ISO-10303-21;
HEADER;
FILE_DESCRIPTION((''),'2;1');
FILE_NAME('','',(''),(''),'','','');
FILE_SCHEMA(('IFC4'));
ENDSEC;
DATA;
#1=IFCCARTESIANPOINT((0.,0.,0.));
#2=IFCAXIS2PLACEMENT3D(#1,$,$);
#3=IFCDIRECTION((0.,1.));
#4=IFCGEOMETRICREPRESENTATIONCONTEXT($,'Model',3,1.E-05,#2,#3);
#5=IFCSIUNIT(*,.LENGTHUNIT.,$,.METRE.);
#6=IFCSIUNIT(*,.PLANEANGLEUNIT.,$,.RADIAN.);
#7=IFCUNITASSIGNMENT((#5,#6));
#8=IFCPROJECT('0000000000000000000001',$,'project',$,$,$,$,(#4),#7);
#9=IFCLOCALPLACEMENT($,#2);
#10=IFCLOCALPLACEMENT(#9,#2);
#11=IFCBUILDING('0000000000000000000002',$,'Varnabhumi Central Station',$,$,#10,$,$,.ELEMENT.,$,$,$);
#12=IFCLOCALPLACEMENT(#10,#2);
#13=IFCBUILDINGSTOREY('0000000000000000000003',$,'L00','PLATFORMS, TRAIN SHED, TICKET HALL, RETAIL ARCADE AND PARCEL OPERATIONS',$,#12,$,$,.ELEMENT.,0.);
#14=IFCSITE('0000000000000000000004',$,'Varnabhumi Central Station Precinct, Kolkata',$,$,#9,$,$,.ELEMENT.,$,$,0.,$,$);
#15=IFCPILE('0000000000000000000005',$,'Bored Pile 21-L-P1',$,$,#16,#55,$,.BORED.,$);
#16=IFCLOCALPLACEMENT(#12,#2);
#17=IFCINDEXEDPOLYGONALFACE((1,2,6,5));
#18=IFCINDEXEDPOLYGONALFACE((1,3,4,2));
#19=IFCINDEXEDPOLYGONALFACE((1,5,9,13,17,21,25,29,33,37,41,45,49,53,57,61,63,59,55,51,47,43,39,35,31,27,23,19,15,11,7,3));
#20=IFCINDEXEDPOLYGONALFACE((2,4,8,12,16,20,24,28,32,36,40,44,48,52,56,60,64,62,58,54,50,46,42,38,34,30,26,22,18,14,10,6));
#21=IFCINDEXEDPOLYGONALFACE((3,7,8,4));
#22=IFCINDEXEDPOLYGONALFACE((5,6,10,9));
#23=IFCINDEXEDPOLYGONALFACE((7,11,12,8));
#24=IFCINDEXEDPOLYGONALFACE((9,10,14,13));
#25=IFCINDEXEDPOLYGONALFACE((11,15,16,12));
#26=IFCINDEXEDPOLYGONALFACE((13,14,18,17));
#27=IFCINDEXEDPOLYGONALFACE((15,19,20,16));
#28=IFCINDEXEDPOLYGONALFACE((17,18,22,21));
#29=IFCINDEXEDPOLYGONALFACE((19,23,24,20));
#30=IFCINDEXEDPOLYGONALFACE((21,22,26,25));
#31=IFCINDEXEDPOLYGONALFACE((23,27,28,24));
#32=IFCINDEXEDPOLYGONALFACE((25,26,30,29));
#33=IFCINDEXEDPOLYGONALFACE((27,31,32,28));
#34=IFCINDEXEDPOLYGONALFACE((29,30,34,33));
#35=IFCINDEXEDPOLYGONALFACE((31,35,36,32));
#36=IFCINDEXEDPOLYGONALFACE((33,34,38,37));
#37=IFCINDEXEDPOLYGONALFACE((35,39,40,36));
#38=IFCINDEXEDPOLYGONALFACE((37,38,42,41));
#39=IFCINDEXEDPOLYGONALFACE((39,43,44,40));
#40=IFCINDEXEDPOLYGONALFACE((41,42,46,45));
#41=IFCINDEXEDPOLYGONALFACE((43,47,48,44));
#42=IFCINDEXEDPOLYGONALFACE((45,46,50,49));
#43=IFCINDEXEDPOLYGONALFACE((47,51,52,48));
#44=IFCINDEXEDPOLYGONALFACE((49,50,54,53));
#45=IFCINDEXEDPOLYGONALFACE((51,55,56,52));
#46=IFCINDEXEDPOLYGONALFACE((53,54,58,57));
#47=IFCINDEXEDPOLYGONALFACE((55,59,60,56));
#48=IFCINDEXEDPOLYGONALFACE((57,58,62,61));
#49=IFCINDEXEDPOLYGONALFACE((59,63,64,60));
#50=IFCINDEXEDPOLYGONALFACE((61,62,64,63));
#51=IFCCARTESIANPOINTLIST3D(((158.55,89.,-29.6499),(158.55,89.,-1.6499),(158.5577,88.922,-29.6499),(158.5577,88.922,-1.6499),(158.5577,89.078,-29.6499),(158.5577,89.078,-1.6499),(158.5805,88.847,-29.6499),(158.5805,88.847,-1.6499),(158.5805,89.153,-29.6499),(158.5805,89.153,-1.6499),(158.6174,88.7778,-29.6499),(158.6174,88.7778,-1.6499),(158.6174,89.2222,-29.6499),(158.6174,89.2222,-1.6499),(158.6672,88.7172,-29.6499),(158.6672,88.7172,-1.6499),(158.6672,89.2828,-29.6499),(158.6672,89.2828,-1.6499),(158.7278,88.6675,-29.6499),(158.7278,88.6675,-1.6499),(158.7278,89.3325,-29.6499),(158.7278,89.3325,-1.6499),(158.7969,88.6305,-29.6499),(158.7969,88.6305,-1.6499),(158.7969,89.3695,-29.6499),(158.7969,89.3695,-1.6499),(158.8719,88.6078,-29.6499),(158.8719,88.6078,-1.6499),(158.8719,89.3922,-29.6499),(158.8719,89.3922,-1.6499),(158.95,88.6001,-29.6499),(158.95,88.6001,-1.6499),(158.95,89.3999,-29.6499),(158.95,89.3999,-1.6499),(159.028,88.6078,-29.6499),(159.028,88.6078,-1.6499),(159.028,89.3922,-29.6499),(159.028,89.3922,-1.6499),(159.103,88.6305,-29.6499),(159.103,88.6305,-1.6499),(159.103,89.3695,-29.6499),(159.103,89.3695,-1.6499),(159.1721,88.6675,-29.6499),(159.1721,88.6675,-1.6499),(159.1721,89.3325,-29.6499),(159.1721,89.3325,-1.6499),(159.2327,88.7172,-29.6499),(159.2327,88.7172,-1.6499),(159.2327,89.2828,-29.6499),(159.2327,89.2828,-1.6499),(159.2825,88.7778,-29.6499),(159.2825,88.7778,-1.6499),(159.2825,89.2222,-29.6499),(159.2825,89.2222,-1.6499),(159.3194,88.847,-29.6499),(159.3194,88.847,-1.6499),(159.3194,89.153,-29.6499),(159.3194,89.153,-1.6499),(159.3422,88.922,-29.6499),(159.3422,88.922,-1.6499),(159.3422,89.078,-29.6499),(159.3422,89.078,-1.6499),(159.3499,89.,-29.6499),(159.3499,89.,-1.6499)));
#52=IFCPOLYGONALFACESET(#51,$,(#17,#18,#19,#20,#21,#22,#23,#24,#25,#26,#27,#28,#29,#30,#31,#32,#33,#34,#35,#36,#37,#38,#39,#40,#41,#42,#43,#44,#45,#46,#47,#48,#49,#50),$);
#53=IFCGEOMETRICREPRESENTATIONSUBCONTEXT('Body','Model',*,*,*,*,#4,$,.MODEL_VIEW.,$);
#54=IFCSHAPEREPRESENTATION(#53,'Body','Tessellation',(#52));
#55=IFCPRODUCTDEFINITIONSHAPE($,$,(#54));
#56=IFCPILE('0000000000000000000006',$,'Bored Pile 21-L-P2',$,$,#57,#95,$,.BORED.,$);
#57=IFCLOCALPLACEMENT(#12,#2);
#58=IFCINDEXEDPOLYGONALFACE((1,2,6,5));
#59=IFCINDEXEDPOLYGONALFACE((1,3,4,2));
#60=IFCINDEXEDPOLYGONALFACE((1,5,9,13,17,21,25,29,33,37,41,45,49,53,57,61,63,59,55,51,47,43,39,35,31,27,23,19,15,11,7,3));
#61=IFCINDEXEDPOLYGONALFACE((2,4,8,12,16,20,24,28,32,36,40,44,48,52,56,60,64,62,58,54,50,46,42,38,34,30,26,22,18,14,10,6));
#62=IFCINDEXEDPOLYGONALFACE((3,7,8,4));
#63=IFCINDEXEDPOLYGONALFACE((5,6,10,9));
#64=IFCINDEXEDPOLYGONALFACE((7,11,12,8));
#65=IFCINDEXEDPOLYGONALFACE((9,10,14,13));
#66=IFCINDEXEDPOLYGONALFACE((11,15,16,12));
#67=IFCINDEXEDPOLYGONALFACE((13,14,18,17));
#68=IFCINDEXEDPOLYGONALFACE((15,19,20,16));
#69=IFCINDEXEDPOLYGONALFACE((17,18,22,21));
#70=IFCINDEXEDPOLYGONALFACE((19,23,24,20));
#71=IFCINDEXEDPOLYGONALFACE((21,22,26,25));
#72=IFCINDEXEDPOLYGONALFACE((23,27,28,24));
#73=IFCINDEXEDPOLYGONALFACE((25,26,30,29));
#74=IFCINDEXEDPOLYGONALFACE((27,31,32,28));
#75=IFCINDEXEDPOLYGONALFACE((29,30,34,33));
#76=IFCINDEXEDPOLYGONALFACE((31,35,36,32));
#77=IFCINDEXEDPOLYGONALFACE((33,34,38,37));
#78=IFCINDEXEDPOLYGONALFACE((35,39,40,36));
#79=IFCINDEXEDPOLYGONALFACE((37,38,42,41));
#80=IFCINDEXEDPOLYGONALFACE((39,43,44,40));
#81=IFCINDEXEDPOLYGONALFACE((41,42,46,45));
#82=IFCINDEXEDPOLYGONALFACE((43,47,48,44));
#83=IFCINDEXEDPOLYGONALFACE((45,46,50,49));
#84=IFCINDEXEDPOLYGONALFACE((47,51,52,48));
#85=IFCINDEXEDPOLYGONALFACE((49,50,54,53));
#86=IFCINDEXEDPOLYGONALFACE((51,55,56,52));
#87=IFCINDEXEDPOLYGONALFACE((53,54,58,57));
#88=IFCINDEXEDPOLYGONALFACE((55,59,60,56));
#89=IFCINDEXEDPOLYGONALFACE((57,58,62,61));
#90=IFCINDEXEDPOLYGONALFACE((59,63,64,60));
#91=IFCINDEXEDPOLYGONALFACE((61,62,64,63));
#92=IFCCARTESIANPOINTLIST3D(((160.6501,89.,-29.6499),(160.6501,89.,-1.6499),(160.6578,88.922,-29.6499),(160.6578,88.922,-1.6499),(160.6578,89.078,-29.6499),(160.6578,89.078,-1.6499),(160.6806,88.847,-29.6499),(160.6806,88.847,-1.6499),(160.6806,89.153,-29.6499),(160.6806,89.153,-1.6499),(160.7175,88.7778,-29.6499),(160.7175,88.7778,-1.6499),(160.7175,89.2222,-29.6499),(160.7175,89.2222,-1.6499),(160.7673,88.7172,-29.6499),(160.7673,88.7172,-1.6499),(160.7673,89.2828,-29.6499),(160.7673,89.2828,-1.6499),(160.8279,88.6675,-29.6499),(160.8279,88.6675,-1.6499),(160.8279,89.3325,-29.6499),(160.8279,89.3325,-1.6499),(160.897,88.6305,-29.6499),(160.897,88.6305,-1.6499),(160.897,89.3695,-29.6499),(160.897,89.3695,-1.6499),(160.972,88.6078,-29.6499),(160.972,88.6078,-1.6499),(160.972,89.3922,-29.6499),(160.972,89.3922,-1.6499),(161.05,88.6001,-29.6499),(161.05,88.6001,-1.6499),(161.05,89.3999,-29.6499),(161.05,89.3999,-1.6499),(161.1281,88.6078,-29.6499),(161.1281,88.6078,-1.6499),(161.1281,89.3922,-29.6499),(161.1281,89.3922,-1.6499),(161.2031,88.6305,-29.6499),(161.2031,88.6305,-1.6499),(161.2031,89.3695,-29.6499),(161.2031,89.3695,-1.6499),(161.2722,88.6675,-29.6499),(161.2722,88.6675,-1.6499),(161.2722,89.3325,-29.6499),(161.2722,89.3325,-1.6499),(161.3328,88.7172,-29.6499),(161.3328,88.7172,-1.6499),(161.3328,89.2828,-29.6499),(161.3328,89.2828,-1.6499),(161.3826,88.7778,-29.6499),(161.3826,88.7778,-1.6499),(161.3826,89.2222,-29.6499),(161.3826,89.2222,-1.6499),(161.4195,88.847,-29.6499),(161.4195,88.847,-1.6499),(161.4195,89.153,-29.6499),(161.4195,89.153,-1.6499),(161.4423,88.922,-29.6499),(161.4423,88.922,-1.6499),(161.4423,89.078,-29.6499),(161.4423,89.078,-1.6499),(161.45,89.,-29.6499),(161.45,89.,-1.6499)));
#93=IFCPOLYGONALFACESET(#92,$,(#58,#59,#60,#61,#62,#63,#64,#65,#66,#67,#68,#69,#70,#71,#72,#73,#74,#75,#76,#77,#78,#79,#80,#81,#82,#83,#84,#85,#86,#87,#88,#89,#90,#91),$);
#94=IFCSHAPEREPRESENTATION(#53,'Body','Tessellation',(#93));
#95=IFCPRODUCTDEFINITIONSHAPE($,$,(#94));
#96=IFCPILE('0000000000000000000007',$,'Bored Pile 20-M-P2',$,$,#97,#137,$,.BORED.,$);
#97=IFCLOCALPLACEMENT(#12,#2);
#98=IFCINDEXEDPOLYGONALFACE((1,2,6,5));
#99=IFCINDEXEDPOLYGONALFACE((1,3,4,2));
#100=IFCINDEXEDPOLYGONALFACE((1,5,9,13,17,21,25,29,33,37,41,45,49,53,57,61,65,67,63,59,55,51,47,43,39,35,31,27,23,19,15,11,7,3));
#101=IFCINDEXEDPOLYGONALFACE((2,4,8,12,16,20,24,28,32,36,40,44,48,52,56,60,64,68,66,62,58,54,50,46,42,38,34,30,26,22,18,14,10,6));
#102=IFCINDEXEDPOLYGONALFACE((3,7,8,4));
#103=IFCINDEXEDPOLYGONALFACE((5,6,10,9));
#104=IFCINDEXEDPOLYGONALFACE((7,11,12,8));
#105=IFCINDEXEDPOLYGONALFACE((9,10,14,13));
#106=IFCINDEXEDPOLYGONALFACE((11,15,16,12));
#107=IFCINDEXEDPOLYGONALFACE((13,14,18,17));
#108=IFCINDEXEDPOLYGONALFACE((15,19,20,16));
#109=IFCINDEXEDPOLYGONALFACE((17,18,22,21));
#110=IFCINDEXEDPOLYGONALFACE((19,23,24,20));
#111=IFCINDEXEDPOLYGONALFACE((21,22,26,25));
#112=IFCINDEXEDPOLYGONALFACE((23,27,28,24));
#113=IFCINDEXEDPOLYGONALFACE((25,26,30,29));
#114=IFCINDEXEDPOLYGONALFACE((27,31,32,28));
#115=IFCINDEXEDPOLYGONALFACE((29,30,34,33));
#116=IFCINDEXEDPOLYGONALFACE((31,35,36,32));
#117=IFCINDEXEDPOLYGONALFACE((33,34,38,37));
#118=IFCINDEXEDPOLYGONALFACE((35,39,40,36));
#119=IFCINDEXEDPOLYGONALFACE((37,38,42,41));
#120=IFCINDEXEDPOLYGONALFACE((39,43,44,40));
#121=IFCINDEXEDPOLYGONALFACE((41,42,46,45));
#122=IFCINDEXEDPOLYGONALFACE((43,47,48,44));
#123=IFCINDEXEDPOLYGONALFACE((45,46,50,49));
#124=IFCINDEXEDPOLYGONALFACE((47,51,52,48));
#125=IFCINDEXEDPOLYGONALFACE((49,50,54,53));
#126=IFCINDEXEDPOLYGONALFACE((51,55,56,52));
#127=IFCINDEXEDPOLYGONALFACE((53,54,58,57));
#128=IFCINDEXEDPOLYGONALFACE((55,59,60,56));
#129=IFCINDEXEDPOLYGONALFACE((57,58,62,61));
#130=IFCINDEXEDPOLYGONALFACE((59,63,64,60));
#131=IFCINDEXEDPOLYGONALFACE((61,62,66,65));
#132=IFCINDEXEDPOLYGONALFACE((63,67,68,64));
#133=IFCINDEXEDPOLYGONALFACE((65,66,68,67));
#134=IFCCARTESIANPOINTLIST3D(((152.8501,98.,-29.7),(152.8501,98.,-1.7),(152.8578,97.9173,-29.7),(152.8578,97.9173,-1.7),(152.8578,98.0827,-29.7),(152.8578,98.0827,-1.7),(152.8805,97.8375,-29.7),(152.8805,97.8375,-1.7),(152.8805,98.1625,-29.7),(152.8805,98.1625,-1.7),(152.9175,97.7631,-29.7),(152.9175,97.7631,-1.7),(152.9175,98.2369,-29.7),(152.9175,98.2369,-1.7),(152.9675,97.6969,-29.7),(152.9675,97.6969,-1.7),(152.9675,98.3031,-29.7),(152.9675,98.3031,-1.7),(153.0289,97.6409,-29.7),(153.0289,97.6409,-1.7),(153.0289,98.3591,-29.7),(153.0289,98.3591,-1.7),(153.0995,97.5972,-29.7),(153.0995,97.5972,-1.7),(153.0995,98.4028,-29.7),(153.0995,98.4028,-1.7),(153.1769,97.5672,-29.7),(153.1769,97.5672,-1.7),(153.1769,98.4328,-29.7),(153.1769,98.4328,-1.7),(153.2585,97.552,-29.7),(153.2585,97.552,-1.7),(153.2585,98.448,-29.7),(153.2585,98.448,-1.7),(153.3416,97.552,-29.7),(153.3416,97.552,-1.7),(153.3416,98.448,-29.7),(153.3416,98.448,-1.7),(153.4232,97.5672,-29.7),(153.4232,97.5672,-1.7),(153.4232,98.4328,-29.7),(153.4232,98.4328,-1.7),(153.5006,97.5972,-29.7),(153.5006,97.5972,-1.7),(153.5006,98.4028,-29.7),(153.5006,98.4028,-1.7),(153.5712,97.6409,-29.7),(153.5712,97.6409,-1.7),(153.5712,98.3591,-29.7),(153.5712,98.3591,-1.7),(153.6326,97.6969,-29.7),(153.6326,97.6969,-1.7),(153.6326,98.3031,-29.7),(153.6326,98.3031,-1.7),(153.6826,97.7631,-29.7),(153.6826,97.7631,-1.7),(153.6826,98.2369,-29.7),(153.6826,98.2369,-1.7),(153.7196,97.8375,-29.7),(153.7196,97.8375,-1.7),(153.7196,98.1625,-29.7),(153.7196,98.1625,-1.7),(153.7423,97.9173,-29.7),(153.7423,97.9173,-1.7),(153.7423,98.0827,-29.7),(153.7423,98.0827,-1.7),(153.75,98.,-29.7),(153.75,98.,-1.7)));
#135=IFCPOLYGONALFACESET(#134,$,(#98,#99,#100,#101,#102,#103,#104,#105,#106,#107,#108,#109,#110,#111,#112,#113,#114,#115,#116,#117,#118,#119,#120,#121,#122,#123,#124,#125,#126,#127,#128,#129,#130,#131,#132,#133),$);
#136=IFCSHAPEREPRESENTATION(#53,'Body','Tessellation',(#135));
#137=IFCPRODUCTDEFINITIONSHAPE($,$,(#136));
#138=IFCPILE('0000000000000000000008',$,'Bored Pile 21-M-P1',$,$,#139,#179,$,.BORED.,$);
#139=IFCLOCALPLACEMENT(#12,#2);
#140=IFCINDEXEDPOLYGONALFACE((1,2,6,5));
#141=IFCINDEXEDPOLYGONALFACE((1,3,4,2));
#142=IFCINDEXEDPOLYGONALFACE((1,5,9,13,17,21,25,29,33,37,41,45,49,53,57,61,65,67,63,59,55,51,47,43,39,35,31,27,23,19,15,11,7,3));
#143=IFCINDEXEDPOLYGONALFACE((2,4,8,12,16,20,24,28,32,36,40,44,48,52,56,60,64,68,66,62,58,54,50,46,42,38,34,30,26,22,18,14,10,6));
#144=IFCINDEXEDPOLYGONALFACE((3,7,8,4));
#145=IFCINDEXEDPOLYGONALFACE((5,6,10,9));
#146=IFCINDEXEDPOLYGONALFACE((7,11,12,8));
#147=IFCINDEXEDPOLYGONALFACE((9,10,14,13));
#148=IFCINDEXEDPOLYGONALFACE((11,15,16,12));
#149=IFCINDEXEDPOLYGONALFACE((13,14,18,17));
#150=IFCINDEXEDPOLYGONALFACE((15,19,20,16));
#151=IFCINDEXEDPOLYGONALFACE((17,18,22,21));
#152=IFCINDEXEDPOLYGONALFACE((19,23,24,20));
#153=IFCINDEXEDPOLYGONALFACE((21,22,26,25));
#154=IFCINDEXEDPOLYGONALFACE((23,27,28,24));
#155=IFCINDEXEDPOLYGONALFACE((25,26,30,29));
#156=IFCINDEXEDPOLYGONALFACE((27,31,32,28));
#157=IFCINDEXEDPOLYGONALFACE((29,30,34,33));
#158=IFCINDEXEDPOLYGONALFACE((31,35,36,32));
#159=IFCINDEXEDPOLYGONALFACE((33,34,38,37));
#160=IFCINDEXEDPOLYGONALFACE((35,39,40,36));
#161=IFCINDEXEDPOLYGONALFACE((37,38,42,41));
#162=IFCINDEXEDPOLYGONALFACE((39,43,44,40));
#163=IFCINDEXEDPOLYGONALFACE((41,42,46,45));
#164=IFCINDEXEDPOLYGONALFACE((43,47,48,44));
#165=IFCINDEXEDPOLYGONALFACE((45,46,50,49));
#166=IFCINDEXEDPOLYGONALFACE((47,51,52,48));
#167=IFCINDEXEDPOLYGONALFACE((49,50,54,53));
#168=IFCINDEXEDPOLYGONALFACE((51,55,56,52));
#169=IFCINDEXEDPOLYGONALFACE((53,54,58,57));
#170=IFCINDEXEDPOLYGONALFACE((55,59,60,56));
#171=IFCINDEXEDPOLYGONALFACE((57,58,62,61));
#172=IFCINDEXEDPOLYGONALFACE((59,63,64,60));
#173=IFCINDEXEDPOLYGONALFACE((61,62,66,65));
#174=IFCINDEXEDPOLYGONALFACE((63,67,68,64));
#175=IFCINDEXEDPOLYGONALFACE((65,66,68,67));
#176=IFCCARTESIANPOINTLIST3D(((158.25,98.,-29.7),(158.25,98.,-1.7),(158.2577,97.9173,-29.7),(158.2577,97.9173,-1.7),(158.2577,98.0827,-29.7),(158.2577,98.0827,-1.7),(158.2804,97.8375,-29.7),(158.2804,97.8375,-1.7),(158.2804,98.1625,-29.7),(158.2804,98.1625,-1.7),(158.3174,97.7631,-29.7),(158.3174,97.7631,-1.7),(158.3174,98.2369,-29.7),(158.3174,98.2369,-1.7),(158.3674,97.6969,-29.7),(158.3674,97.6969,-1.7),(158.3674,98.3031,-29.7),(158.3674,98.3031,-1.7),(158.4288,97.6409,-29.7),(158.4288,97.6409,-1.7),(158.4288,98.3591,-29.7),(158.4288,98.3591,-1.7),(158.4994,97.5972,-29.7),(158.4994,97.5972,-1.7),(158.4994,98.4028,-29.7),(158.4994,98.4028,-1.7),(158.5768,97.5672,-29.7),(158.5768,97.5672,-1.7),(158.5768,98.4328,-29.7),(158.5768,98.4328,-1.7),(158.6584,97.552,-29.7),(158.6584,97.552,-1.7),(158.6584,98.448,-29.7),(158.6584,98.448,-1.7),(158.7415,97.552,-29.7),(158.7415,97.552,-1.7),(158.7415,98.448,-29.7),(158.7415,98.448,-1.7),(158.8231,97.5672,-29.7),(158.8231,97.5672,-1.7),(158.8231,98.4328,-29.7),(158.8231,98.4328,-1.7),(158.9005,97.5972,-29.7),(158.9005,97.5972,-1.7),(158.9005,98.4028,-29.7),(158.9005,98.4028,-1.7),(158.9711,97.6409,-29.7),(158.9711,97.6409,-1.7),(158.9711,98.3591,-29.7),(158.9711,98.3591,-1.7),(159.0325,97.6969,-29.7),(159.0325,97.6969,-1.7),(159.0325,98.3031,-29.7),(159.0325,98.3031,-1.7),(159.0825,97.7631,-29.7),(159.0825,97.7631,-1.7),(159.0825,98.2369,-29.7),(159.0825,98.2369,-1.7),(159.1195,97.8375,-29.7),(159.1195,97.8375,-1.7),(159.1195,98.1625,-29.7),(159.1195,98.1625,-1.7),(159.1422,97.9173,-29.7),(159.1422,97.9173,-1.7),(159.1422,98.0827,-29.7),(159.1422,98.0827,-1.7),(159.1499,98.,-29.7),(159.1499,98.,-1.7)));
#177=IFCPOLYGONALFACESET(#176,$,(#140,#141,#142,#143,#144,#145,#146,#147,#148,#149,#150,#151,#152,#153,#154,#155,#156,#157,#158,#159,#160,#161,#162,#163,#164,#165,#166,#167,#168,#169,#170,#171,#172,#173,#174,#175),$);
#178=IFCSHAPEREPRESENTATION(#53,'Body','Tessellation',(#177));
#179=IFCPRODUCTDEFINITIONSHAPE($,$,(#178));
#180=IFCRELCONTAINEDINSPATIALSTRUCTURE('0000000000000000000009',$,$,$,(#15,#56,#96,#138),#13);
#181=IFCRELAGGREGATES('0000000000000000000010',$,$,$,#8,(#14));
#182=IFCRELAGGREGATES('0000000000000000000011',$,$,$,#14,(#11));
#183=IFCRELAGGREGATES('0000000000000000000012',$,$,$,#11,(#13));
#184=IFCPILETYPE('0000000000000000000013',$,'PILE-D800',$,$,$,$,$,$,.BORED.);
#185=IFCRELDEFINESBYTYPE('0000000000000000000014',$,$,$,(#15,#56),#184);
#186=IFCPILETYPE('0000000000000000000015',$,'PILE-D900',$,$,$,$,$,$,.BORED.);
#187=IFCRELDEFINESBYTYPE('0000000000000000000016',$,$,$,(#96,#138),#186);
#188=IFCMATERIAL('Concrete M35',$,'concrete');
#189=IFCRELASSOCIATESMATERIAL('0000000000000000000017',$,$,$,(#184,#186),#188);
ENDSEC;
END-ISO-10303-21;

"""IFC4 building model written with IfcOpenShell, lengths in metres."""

from ifc_helpers import new_model, si_unit, direction, frame, origin, origin_2d, place, context, subcontext, project, spatial, circle, extrude, material, material_profile, profile_set, type_object, element, save


model = new_model("IFC4")

# Units and contexts
model_context = context("Model", 3, precision=1e-05, world=origin(), true_north=direction((0.0, 1.0)))
body_context = subcontext(model_context, "Body", "Model", "MODEL_VIEW")
ifc_project = project(units=[si_unit("LENGTHUNIT", "METRE"), si_unit("PLANEANGLEUNIT", "RADIAN")], contexts=[model_context])

# Site, building, storey
site_placement = place(None, origin())
site = spatial("IfcSite", under=ifc_project, at=site_placement, Name="Varnabhumi Central Station Precinct, Kolkata", CompositionType="ELEMENT", RefElevation=0.0)
building_placement = place(site_placement, origin())
building = spatial("IfcBuilding", under=site, at=building_placement, Name="Varnabhumi Central Station", CompositionType="ELEMENT")
storey_placement = place(building_placement, origin())
storey = spatial("IfcBuildingStorey", under=building, at=storey_placement, Name="L00", Description="PLATFORMS, TRAIN SHED, TICKET HALL, RETAIL ARCADE AND PARCEL OPERATIONS", CompositionType="ELEMENT", Elevation=0.0)

# Piles
ifc_material_1 = material(Name="Concrete M35", Category="concrete")
ifc_material_profile_1 = material_profile(ifc_material_1, circle(Radius=0.3999, at=origin_2d()), Name="Concrete M35", Category="concrete")
ifc_profile_set_1 = profile_set([ifc_material_profile_1], Name="Concrete M35")
pile_type_1 = type_object("IfcPileType", Name="PILE-D800", PredefinedType="BORED", material=ifc_profile_set_1)
for number, where, z_axis, x_axis, name in (
    (1, (158.95, 89.0, -1.6499), (0.0, 0.0, -1.0), (1.0, 0.0, 0.0), "Bored Pile 21-L-P1"),
    (2, (161.05, 89.0, -1.6499), (0.0, 0.0, -1.0), (1.0, 0.0, 0.0), "Bored Pile 21-L-P2"),
):
    element("IfcPile", number, at=place(storey_placement, frame(where, z_axis=z_axis, x_axis=x_axis)), inside=storey, type_object=pile_type_1, Name=name, PredefinedType="BORED", context=body_context, shape_type="SweptSolid", body=[
        extrude(circle(Radius=0.3999, at=origin_2d()), origin(), (0.0, 0.0, 1.0), 28.0),
    ])
ifc_material_profile_2 = material_profile(ifc_material_1, circle(Radius=0.45, at=origin_2d()), Name="Concrete M35", Category="concrete")
ifc_profile_set_2 = profile_set([ifc_material_profile_2], Name="Concrete M35")
pile_type_2 = type_object("IfcPileType", Name="PILE-D900", PredefinedType="BORED", material=ifc_profile_set_2)
for number, where, z_axis, x_axis, name in (
    (3, (153.3, 98.0, -1.7), (0.0, 0.0, -1.0), (1.0, 0.0, 0.0), "Bored Pile 20-M-P2"),
    (4, (158.7, 98.0, -1.7), (0.0, 0.0, -1.0), (1.0, 0.0, 0.0), "Bored Pile 21-M-P1"),
):
    element("IfcPile", number, at=place(storey_placement, frame(where, z_axis=z_axis, x_axis=x_axis)), inside=storey, type_object=pile_type_2, Name=name, PredefinedType="BORED", context=body_context, shape_type="SweptSolid", body=[
        extrude(circle(Radius=0.45, at=origin_2d()), origin(), (0.0, 0.0, 1.0), 28.0),
    ])

save(model, "model.ifc")
